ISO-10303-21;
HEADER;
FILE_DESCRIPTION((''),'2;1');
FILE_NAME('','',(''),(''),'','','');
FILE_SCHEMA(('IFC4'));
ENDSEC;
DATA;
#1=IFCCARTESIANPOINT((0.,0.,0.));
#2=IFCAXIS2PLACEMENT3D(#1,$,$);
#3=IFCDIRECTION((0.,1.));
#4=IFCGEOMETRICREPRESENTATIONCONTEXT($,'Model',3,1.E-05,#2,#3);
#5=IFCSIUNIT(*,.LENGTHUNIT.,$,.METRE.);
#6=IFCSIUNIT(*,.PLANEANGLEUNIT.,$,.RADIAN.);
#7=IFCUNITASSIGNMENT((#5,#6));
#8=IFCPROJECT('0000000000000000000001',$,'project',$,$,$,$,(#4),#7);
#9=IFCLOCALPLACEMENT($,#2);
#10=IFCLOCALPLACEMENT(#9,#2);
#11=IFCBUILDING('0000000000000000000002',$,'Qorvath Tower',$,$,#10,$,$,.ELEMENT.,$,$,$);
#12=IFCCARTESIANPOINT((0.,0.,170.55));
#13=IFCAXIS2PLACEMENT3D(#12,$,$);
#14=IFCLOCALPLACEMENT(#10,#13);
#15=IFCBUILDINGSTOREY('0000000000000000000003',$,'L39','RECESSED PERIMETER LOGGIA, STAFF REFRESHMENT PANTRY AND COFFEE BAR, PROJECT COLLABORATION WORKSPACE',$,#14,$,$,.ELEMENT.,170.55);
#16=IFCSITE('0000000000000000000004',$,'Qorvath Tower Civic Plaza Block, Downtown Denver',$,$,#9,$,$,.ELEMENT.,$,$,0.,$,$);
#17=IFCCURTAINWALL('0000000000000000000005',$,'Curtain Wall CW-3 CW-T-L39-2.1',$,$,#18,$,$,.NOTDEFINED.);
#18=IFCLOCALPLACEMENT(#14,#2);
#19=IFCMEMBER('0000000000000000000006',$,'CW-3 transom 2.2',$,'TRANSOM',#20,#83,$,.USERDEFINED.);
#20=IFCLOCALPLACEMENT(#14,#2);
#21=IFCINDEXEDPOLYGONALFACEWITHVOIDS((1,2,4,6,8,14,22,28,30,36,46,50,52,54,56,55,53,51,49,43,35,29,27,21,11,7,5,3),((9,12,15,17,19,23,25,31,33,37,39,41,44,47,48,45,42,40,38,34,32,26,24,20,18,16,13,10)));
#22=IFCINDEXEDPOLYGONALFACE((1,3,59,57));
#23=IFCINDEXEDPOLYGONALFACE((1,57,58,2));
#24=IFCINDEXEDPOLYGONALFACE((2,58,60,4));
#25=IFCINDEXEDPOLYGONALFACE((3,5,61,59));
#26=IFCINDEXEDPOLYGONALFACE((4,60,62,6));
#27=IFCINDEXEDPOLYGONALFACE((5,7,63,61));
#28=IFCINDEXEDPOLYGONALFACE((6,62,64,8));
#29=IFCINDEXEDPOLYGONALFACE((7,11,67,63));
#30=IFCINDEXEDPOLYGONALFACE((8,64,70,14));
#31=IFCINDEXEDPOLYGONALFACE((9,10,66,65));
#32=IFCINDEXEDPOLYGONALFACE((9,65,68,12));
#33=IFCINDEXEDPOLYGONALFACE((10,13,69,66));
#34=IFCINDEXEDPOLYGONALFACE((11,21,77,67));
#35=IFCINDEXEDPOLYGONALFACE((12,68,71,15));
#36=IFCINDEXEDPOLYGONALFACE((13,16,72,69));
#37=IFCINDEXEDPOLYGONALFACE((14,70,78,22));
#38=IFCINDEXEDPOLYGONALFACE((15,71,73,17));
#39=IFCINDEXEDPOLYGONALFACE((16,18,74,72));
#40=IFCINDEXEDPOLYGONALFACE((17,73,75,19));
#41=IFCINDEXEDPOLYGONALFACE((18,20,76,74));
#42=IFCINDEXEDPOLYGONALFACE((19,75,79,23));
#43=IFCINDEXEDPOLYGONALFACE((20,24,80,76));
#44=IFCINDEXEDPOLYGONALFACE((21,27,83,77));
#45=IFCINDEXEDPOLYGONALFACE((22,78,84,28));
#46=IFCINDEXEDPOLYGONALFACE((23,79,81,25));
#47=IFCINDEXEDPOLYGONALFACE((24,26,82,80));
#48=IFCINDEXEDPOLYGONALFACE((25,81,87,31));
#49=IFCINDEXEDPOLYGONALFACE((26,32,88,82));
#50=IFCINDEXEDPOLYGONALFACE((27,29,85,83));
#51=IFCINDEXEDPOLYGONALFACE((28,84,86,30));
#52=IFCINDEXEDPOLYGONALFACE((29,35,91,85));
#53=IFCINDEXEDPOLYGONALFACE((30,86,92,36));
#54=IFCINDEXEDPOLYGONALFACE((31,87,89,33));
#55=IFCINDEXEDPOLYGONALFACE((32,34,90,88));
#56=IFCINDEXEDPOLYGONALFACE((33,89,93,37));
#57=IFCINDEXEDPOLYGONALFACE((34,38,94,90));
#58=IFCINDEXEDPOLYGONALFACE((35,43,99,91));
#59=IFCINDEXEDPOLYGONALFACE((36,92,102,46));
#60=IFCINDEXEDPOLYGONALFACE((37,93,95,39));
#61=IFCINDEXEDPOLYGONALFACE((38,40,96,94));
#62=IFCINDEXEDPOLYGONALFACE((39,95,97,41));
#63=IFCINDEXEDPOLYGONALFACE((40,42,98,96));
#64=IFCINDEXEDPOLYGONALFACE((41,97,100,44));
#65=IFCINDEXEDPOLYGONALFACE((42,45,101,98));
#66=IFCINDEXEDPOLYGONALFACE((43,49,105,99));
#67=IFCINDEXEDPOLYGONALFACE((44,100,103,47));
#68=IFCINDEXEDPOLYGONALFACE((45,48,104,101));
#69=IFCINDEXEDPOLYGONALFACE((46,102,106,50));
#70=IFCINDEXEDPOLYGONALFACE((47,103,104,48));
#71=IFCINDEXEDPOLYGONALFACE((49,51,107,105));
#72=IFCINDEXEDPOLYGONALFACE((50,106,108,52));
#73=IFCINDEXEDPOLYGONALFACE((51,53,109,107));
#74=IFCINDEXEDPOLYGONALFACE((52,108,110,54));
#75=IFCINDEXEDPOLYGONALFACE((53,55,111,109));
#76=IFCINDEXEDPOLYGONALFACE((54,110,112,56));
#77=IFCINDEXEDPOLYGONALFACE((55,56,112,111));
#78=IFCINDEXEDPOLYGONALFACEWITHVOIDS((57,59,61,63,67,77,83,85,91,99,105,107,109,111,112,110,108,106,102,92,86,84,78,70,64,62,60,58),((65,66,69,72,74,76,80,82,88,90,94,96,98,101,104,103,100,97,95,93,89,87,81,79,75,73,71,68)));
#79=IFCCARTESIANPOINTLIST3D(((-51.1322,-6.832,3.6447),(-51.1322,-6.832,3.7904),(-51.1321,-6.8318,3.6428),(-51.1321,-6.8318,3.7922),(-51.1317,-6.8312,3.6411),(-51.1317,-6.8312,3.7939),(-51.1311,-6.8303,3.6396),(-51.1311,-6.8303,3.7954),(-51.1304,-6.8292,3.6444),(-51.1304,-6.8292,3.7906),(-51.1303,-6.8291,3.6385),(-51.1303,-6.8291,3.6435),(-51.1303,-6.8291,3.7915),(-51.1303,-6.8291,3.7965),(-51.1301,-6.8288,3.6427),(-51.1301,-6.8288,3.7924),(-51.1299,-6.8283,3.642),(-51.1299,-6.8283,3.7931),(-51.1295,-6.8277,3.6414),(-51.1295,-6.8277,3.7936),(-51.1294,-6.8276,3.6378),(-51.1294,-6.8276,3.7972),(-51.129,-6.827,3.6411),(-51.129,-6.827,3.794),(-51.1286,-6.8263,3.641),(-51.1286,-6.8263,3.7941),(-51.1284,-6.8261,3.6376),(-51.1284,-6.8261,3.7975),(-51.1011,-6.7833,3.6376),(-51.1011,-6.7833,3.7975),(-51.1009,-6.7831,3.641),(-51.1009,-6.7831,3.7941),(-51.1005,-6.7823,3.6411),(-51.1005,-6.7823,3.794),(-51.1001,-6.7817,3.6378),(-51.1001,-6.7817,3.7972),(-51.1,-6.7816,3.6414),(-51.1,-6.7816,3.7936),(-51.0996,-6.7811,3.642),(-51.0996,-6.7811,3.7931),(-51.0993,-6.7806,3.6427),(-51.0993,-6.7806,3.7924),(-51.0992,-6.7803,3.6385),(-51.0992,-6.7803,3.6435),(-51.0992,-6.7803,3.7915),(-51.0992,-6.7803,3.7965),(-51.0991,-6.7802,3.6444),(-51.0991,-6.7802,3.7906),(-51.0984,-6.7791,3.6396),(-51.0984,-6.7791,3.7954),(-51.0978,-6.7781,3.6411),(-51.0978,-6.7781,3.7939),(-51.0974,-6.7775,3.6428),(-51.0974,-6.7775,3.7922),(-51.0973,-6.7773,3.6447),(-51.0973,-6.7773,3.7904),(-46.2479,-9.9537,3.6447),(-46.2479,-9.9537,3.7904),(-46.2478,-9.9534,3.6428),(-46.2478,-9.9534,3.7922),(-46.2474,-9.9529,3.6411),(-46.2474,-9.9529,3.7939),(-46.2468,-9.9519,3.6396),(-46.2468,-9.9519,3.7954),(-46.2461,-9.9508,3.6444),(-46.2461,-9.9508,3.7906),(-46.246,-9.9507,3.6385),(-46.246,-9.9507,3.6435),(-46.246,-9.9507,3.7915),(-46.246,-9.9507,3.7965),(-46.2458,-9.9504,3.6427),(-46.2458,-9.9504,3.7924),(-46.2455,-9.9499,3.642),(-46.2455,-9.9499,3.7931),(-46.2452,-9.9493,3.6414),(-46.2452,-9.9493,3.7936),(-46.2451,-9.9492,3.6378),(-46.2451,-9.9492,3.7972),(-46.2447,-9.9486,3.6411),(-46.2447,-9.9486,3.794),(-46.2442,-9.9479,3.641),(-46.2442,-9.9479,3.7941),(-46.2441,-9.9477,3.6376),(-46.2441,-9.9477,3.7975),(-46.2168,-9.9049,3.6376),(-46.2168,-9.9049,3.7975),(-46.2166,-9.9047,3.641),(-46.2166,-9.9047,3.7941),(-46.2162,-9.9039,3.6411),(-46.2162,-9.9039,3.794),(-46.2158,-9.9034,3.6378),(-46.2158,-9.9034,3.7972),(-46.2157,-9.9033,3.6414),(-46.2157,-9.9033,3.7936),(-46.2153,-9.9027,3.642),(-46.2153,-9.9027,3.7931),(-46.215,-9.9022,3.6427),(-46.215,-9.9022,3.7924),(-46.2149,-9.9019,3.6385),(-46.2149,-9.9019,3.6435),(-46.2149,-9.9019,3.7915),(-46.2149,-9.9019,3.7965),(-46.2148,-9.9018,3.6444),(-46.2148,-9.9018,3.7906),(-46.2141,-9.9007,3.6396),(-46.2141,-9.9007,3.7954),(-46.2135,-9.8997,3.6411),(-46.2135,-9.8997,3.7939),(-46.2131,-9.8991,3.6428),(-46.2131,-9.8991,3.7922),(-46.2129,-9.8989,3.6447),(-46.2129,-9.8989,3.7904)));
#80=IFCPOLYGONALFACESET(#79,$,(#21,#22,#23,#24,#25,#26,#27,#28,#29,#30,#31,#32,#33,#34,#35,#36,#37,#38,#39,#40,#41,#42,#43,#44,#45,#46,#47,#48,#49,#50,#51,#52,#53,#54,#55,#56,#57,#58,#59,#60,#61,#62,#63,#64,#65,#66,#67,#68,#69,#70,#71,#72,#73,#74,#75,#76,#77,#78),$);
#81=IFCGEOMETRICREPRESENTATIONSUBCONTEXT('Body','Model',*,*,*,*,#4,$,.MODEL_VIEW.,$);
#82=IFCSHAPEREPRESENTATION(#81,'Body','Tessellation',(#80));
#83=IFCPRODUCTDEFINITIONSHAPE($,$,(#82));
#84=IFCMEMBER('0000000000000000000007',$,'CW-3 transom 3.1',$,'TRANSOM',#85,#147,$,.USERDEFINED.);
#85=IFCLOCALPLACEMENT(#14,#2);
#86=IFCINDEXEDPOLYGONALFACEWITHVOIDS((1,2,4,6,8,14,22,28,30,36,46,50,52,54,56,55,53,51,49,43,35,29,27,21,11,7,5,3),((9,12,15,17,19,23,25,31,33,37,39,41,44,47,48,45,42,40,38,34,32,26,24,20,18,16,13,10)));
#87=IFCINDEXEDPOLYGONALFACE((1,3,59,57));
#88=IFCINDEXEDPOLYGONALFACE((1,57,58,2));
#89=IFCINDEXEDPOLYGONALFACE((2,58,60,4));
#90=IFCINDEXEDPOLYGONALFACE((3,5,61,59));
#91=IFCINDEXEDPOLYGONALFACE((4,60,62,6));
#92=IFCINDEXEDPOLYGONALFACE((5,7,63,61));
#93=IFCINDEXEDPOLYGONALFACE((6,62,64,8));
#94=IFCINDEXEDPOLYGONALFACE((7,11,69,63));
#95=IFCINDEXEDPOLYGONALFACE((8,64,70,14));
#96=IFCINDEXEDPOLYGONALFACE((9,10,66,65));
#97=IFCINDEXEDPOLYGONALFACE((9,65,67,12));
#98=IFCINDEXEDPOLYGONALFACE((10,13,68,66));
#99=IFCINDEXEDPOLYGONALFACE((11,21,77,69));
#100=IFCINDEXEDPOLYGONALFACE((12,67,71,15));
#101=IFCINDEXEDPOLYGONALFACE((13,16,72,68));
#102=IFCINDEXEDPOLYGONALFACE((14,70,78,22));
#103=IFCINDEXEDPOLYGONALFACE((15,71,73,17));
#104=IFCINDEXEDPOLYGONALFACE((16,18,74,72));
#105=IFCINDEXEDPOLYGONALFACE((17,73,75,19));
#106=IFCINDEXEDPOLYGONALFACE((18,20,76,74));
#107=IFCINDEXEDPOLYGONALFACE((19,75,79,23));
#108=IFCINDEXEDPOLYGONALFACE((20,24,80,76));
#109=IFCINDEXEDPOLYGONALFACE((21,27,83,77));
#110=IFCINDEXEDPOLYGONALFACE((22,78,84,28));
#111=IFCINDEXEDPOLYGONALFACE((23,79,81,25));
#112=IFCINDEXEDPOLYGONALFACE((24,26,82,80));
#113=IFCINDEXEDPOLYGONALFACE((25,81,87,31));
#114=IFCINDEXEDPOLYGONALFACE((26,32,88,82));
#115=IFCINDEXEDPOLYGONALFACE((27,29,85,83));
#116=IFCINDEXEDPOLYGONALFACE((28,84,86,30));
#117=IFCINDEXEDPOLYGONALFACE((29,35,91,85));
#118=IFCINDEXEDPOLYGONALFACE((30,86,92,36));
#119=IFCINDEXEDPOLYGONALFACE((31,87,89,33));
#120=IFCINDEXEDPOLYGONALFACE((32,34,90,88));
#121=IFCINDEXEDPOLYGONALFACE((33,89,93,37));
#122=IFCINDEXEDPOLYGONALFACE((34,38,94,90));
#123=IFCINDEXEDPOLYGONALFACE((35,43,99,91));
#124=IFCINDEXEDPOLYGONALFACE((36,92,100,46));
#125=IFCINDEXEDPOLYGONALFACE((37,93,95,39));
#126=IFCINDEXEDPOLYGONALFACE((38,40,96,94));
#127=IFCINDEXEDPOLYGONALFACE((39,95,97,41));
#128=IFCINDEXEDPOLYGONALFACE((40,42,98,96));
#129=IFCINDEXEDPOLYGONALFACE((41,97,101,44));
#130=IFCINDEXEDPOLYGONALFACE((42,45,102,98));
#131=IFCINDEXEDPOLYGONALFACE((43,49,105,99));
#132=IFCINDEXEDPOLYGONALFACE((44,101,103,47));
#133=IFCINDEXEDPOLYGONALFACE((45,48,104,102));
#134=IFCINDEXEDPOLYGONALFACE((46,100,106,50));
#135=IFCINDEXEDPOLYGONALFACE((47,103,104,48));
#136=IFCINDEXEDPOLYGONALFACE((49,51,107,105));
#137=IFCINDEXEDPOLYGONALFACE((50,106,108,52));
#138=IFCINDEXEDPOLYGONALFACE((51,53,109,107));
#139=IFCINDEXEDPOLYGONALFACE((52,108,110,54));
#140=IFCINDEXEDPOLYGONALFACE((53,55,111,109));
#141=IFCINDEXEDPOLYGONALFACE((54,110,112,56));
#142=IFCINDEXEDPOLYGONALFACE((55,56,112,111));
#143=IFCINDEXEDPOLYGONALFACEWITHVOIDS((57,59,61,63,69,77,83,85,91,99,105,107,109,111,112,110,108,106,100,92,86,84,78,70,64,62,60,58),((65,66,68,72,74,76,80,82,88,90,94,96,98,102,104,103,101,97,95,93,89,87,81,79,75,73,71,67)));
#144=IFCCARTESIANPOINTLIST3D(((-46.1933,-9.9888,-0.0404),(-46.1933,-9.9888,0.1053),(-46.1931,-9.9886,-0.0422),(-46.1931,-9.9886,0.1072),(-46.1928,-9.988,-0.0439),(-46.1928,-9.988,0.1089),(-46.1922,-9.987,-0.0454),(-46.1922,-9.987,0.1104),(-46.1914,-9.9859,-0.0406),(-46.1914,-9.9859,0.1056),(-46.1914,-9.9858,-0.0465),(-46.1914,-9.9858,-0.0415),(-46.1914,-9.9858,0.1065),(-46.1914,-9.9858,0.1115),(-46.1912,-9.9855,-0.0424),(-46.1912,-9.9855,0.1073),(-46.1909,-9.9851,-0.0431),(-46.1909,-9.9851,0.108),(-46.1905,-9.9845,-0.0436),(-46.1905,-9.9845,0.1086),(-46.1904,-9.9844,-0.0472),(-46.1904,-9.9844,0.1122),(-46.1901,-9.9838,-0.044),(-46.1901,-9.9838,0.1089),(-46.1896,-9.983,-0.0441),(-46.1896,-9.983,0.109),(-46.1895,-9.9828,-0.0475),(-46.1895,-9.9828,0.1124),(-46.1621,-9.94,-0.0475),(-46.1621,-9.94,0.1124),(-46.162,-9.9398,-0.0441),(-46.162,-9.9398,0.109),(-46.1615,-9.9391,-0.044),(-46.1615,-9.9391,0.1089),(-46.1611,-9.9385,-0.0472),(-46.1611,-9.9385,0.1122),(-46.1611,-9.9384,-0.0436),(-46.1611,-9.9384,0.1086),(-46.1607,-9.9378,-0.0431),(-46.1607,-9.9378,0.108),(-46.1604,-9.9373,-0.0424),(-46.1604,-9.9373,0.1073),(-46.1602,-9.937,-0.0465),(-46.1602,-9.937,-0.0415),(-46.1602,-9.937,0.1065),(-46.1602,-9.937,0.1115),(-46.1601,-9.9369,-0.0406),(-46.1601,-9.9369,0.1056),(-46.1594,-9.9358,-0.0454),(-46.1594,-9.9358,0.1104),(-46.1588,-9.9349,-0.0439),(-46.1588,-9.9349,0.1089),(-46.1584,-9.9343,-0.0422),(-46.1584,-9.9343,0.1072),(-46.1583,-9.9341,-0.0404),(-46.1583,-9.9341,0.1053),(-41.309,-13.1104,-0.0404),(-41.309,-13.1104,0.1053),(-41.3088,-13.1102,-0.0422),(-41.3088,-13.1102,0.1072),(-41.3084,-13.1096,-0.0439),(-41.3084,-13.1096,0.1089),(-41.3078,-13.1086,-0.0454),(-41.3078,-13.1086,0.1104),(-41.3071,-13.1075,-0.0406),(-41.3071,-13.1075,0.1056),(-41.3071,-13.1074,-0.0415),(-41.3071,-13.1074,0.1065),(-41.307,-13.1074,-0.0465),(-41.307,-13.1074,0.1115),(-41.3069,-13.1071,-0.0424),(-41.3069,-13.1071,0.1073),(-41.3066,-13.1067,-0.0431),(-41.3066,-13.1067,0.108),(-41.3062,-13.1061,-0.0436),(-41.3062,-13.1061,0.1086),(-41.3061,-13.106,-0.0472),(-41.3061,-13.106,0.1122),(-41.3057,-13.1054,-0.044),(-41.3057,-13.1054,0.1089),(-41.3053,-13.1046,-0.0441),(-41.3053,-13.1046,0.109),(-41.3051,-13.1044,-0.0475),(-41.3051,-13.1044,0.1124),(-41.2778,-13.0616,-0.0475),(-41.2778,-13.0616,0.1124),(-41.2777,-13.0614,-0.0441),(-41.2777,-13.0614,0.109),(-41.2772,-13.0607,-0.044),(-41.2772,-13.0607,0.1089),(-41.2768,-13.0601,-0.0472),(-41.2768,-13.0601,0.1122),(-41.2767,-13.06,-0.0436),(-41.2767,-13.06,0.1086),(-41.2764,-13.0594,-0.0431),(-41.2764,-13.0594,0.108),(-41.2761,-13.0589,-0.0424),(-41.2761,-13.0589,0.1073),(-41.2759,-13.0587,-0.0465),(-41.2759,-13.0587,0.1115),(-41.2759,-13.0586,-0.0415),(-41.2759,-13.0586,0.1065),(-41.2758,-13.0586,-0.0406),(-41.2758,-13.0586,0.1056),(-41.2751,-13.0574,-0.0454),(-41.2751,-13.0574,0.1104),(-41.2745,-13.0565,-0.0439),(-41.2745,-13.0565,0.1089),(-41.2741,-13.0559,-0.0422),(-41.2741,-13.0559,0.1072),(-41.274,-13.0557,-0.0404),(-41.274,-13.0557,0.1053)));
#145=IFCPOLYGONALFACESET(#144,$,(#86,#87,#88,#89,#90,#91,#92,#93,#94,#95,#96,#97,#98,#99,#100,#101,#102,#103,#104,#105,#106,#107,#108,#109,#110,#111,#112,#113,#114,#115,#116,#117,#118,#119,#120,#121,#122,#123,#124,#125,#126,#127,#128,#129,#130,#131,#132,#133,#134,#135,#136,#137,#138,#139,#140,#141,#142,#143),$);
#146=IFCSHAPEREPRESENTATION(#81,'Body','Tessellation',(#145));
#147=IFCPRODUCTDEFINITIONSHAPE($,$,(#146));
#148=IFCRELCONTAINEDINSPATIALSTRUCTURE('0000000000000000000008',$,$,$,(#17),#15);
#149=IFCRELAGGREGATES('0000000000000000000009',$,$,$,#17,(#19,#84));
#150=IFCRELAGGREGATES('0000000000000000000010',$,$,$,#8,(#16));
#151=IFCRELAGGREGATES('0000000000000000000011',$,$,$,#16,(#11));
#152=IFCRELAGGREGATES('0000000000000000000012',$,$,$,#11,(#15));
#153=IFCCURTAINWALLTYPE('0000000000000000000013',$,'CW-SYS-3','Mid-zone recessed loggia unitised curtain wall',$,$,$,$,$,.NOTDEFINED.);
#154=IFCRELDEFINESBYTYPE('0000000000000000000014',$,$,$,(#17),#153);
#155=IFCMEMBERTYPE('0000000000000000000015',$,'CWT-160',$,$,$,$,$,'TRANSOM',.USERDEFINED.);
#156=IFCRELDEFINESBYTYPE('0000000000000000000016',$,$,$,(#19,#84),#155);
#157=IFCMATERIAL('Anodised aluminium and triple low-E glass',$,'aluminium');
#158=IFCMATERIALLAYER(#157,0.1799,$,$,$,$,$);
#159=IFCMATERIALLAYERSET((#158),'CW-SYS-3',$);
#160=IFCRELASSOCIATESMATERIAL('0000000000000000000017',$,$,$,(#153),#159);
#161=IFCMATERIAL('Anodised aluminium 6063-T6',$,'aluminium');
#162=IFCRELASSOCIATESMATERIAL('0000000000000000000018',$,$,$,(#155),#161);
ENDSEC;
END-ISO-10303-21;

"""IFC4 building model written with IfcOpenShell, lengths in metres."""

from ifc_helpers import new_model, si_unit, direction, frame, origin, origin_2d, place, context, subcontext, project, spatial, hollow_rectangle, extrude, material, layer, layer_set, material_profile, profile_set, type_object, element, aggregate, save


model = new_model("IFC4")

# Units and contexts
model_context = context("Model", 3, precision=1e-05, world=origin(), true_north=direction((0.0, 1.0)))
body_context = subcontext(model_context, "Body", "Model", "MODEL_VIEW")
ifc_project = project(units=[si_unit("LENGTHUNIT", "METRE"), si_unit("PLANEANGLEUNIT", "RADIAN")], contexts=[model_context])

# Site, building, storey
site_placement = place(None, origin())
site = spatial("IfcSite", under=ifc_project, at=site_placement, Name="Qorvath Tower Civic Plaza Block, Downtown Denver", CompositionType="ELEMENT", RefElevation=0.0)
building_placement = place(site_placement, origin())
building = spatial("IfcBuilding", under=site, at=building_placement, Name="Qorvath Tower", CompositionType="ELEMENT")
storey_placement = place(building_placement, frame((0.0, 0.0, 170.55)))
storey = spatial("IfcBuildingStorey", under=building, at=storey_placement, Name="L39", Description="RECESSED PERIMETER LOGGIA, STAFF REFRESHMENT PANTRY AND COFFEE BAR, PROJECT COLLABORATION WORKSPACE", CompositionType="ELEMENT", Elevation=170.55)

# Curtain wall, members
ifc_material_1 = material(Name="Anodised aluminium and triple low-E glass", Category="aluminium")
ifc_layer_1 = layer(ifc_material_1, 0.1799)
ifc_layer_set_1 = layer_set([ifc_layer_1], Name="CW-SYS-3")
curtain_wall_type = type_object("IfcCurtainWallType", Name="CW-SYS-3", Description="Mid-zone recessed loggia unitised curtain wall", PredefinedType="NOTDEFINED", material=ifc_layer_set_1)
curtain_wall_placement = place(storey_placement, origin())
curtain_wall = element("IfcCurtainWall", 1, at=curtain_wall_placement, inside=storey, type_object=curtain_wall_type, Name="Curtain Wall CW-3 CW-T-L39-2.1", PredefinedType="NOTDEFINED")
ifc_material_2 = material(Name="Anodised aluminium 6063-T6", Category="aluminium")
ifc_material_profile_1 = material_profile(ifc_material_2, hollow_rectangle(XDim=0.0649, YDim=0.1599, WallThickness=0.0034, InnerFilletRadius=0.0034, OuterFilletRadius=0.0071, at=origin_2d()), Name="CWT 160x65")
ifc_profile_set_1 = profile_set([ifc_material_profile_1], Name="Anodised aluminium 6063-T6")
member_type_1 = type_object("IfcMemberType", Name="CWT-160", ElementType="TRANSOM", PredefinedType="USERDEFINED", material=ifc_profile_set_1)
member_1_placement = place(storey_placement, frame((-51.1147, -6.8047, 3.7175), z_axis=(0.842612, -0.538521, 0.0), x_axis=(0.538521, 0.842612, 0.0)))
member_1 = element("IfcMember", 2, at=member_1_placement, type_object=member_type_1, Name="CW-3 transom 2.2", ObjectType="TRANSOM", PredefinedType="USERDEFINED", context=body_context, shape_type="SweptSolid", body=[
    extrude(hollow_rectangle(XDim=0.0649, YDim=0.1599, WallThickness=0.0034, InnerFilletRadius=0.0034, OuterFilletRadius=0.0071, at=origin_2d()), origin(), (0.0, 0.0, 1.0), 5.7966),
])
member_2_placement = place(storey_placement, frame((-46.1758, -9.9614, 0.0325), z_axis=(0.842612, -0.538521, 0.0), x_axis=(0.538521, 0.842612, 0.0)))
member_2 = element("IfcMember", 3, at=member_2_placement, type_object=member_type_1, Name="CW-3 transom 3.1", ObjectType="TRANSOM", PredefinedType="USERDEFINED", context=body_context, shape_type="SweptSolid", body=[
    extrude(hollow_rectangle(XDim=0.0649, YDim=0.1599, WallThickness=0.0034, InnerFilletRadius=0.0034, OuterFilletRadius=0.0071, at=origin_2d()), origin(), (0.0, 0.0, 1.0), 5.7966),
])
aggregate(curtain_wall, [member_1, member_2])

save(model, "model.ifc")
